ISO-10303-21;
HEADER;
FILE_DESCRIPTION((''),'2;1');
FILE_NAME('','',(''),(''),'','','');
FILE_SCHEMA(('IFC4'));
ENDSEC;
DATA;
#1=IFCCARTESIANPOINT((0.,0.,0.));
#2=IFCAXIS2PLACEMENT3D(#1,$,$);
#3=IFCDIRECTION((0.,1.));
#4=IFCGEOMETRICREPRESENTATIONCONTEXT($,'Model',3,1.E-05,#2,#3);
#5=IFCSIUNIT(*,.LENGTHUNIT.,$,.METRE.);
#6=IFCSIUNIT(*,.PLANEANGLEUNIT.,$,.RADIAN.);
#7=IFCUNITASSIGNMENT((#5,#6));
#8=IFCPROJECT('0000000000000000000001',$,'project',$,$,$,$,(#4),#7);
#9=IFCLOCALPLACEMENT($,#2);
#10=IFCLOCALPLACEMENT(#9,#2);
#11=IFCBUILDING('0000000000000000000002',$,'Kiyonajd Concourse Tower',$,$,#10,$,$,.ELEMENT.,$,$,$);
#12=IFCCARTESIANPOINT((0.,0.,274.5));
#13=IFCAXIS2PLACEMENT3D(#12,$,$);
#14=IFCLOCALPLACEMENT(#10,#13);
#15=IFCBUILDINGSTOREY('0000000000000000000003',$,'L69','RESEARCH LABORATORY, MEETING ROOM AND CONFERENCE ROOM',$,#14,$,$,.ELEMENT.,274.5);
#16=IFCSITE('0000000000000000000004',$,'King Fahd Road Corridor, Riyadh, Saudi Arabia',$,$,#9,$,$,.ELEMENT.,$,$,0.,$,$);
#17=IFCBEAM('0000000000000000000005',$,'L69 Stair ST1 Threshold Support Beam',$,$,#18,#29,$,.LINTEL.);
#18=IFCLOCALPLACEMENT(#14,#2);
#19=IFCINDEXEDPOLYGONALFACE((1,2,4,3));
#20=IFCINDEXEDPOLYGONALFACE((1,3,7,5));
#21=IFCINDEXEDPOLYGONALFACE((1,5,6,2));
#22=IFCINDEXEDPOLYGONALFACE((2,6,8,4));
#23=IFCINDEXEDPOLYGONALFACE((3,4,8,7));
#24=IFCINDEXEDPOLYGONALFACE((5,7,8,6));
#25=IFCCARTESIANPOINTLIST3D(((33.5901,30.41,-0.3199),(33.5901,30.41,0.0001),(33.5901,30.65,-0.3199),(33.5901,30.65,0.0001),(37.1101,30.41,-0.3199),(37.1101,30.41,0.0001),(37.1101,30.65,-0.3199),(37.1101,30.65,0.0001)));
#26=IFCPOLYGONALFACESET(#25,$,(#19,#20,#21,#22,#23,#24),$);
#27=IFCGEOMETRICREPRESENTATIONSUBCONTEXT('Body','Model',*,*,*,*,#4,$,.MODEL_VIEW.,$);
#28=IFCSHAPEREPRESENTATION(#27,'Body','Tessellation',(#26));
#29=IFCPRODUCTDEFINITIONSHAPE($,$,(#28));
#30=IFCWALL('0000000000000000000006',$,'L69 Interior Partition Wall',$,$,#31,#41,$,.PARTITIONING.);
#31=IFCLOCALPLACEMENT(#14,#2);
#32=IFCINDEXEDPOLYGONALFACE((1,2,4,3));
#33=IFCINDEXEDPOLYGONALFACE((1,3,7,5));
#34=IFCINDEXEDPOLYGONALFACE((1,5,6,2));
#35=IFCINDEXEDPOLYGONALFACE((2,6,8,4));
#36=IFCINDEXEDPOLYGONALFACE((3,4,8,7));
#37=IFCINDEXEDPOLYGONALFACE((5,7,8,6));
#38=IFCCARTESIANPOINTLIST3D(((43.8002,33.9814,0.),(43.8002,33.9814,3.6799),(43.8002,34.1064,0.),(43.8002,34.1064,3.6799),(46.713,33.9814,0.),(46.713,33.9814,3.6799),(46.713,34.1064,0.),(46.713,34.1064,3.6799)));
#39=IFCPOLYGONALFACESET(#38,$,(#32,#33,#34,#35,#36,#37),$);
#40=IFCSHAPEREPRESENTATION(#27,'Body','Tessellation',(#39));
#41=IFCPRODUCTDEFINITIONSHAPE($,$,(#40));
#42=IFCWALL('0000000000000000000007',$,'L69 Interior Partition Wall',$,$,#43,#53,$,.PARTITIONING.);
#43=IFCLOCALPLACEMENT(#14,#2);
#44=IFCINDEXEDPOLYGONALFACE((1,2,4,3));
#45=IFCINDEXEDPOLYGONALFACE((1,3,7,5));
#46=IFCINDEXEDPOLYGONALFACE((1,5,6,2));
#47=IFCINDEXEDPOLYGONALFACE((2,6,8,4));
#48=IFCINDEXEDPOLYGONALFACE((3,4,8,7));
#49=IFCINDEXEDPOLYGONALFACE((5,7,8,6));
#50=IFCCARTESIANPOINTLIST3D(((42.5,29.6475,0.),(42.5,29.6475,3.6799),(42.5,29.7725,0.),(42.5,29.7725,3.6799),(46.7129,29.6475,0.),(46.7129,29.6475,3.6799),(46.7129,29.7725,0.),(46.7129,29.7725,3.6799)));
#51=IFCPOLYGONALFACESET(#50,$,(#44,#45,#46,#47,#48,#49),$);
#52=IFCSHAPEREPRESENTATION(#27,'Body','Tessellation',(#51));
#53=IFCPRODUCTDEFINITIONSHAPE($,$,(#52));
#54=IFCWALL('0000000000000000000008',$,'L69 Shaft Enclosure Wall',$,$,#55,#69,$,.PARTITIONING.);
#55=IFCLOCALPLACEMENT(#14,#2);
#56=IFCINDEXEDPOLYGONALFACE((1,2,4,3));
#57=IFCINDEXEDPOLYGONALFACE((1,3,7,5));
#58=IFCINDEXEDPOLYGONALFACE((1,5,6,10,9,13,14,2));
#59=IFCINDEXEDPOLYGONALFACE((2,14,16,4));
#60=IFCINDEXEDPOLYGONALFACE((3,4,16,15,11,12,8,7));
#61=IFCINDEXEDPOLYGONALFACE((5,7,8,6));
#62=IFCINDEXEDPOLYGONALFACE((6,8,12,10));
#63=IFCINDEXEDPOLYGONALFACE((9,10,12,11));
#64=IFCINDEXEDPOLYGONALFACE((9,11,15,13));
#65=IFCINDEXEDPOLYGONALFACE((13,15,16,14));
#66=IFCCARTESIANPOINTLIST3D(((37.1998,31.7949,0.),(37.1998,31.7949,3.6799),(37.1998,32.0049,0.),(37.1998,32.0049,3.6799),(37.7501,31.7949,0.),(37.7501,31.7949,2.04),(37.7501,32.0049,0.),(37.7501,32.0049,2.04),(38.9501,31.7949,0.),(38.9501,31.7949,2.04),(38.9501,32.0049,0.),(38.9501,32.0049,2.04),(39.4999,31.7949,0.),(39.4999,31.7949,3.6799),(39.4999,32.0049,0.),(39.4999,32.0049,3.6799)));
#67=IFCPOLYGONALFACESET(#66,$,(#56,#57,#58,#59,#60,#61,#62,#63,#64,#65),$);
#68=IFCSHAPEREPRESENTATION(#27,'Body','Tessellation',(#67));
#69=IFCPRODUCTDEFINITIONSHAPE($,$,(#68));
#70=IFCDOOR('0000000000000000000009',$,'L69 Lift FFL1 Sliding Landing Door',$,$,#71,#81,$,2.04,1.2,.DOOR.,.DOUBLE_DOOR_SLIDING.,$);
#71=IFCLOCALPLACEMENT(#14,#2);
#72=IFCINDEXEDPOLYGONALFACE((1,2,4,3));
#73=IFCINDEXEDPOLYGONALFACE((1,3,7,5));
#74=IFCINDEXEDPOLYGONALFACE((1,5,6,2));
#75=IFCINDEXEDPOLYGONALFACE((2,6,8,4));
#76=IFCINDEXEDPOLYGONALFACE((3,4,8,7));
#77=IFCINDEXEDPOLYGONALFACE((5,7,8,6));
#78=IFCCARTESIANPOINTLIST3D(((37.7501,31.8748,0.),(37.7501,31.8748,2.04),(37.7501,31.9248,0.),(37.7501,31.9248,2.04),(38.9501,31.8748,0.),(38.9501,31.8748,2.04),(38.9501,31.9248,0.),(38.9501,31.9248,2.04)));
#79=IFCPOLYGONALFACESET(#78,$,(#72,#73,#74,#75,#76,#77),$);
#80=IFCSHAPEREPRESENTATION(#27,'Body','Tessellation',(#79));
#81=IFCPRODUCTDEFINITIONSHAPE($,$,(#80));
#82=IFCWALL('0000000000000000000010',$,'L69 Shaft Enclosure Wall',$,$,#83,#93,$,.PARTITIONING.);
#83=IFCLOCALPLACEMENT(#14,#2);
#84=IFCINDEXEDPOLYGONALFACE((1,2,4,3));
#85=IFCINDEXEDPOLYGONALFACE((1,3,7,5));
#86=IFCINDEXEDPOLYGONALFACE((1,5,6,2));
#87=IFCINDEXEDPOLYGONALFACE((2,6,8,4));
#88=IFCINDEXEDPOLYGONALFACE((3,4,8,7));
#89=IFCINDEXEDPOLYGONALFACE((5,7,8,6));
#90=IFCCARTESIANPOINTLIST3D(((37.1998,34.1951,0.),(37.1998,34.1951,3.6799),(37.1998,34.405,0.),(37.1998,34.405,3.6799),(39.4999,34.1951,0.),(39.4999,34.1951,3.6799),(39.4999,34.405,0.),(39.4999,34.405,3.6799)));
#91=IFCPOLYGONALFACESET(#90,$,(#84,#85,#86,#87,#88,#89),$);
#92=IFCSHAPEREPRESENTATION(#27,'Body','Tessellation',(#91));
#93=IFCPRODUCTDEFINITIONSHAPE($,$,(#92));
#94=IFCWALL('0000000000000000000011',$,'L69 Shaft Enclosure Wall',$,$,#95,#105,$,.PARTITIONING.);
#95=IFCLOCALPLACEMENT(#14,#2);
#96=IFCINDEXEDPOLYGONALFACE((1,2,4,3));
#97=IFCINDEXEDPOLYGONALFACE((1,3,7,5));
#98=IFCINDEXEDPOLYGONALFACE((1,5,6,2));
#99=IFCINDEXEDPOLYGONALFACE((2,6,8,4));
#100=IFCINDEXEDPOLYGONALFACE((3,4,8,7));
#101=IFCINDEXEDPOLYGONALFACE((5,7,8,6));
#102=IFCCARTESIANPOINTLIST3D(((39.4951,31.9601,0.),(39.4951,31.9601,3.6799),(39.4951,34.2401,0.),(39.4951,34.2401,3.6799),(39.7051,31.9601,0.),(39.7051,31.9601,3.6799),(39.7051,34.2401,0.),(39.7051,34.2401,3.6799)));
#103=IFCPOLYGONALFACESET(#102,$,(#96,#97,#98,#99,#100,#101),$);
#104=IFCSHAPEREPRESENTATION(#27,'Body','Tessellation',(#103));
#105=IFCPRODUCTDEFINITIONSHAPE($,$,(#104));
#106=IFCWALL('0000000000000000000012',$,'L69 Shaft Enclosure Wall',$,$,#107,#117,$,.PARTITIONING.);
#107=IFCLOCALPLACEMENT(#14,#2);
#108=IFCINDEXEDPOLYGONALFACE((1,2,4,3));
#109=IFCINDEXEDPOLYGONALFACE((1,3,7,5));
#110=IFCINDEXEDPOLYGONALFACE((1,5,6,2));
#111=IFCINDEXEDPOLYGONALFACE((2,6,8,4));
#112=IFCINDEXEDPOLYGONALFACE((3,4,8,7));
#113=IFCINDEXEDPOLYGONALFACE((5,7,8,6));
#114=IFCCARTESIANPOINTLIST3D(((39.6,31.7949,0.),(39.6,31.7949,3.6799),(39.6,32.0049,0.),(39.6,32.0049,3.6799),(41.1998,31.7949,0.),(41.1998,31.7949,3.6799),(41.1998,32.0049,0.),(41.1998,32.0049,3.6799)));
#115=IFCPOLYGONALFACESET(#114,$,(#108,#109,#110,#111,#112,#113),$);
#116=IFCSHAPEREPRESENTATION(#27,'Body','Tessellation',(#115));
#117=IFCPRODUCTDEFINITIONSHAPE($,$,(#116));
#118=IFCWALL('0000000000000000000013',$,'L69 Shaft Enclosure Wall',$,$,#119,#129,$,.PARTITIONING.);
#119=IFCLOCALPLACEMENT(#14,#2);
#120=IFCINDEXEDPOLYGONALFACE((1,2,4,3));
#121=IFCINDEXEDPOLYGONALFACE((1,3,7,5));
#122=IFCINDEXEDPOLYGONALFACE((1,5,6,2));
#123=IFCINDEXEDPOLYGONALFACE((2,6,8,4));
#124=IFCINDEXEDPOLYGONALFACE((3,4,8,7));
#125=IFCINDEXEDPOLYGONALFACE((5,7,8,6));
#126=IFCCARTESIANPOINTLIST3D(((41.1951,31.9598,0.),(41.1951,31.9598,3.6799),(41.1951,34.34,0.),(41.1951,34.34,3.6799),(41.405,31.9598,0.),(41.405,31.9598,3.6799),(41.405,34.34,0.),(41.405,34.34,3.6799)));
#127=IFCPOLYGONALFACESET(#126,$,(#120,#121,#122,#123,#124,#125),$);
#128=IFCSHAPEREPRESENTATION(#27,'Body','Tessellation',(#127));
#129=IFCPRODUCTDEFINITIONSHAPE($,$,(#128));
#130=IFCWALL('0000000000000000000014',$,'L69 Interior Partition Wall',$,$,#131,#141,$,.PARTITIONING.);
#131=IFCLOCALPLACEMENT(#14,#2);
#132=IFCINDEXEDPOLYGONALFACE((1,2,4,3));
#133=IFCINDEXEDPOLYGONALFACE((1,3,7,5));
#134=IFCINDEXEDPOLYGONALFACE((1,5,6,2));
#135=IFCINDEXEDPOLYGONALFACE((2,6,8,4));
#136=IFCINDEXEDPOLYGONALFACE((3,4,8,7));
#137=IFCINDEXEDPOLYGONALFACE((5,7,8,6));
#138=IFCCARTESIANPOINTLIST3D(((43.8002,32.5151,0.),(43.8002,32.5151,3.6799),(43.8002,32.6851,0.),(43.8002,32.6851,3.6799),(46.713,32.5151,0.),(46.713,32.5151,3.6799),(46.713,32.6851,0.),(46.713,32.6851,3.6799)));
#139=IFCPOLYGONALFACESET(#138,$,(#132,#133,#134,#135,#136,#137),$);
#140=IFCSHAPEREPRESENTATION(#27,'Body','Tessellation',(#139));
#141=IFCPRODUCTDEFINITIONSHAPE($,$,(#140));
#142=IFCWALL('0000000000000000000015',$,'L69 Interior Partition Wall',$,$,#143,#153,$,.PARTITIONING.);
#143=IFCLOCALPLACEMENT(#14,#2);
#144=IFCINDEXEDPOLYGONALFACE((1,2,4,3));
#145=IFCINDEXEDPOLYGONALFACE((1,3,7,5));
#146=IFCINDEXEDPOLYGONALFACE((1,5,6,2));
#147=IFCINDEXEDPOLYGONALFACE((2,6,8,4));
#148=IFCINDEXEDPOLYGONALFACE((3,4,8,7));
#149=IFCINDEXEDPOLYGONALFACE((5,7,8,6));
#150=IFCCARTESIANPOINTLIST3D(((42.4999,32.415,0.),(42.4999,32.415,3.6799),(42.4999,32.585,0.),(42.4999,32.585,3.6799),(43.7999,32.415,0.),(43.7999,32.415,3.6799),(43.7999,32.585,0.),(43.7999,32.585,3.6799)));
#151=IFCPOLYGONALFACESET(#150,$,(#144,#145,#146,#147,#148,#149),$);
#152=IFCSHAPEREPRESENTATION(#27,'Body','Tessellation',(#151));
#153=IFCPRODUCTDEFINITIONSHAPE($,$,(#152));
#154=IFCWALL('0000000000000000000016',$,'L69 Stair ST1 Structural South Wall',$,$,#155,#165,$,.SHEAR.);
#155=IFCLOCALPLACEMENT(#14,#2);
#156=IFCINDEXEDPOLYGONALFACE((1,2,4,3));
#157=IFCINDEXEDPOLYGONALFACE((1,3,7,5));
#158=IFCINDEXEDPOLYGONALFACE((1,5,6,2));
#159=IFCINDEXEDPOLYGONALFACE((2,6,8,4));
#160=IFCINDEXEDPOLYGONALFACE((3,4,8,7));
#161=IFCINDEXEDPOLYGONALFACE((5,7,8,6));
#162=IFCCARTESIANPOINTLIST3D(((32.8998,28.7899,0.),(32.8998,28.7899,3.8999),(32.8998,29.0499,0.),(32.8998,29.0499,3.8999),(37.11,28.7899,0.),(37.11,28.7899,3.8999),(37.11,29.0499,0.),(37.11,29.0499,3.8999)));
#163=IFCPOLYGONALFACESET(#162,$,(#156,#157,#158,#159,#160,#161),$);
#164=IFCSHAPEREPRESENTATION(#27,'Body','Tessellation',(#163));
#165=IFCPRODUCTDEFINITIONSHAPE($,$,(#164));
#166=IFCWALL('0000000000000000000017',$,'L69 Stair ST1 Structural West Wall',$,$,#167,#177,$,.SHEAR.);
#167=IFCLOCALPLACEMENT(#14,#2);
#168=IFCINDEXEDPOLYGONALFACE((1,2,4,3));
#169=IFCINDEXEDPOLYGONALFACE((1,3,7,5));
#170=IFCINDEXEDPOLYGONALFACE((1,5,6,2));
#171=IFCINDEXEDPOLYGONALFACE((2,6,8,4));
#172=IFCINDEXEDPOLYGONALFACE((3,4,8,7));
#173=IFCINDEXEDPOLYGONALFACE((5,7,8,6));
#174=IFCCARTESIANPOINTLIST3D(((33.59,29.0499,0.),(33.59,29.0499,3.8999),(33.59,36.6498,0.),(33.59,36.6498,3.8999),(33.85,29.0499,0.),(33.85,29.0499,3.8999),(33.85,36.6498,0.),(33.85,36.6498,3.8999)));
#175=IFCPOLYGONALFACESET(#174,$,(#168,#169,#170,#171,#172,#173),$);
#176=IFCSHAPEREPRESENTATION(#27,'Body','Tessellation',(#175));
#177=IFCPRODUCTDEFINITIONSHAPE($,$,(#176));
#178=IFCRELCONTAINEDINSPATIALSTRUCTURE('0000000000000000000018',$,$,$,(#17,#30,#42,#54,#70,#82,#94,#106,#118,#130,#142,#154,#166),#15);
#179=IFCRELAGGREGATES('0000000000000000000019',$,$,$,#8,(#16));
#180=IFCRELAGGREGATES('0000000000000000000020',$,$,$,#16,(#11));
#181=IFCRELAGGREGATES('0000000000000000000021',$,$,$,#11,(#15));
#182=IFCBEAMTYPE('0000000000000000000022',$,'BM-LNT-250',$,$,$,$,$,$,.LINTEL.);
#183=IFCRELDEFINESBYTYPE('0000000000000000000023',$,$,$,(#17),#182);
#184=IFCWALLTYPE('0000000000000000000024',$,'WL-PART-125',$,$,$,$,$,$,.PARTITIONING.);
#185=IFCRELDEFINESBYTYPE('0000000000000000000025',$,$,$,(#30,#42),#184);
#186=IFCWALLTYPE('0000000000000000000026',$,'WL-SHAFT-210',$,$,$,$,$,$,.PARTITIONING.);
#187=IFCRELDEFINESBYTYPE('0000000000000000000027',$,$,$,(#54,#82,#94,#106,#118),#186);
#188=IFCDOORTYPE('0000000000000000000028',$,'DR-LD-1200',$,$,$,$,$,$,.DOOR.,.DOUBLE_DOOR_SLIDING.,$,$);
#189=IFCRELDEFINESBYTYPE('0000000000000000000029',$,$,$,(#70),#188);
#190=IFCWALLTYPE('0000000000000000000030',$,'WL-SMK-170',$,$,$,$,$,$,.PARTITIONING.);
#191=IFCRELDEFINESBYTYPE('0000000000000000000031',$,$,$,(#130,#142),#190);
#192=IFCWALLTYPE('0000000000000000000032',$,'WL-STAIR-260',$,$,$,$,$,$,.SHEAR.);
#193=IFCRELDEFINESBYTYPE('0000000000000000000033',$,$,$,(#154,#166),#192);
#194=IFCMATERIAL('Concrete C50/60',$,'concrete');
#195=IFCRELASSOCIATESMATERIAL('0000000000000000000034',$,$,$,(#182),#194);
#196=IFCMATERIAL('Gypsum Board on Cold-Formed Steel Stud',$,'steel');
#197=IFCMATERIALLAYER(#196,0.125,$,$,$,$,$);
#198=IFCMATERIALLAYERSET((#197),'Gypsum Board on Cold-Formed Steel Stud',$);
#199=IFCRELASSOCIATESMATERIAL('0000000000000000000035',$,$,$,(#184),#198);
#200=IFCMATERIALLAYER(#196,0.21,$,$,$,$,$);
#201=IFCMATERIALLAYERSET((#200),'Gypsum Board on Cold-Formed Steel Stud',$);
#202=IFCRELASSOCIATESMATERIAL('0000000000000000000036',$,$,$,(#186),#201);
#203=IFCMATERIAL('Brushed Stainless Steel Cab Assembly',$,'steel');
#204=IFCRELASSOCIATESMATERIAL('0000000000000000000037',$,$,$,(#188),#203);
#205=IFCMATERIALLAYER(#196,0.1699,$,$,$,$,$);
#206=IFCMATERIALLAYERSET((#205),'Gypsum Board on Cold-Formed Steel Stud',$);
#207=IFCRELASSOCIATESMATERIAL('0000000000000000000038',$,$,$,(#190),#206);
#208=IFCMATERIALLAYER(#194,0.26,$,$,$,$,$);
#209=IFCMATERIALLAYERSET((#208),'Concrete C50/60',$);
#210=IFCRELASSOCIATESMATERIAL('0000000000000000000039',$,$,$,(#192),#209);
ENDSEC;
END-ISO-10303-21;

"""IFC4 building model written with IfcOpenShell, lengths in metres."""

from ifc_helpers import new_model, si_unit, direction, frame, frame_2d, origin, origin_2d, place, context, subcontext, project, spatial, rectangle, extrude, material, layer, layer_set, material_profile, profile_set, type_object, element, fill, save


model = new_model("IFC4")

# Units and contexts
model_context = context("Model", 3, precision=1e-05, world=origin(), true_north=direction((0.0, 1.0)))
body_context = subcontext(model_context, "Body", "Model", "MODEL_VIEW")
ifc_project = project(units=[si_unit("LENGTHUNIT", "METRE"), si_unit("PLANEANGLEUNIT", "RADIAN")], contexts=[model_context])

# Site, building, storey
site_placement = place(None, origin())
site = spatial("IfcSite", under=ifc_project, at=site_placement, Name="King Fahd Road Corridor, Riyadh, Saudi Arabia", CompositionType="ELEMENT", RefElevation=0.0)
building_placement = place(site_placement, origin())
building = spatial("IfcBuilding", under=site, at=building_placement, Name="Kiyonajd Concourse Tower", CompositionType="ELEMENT")
storey_placement = place(building_placement, frame((0.0, 0.0, 274.5)))
storey = spatial("IfcBuildingStorey", under=building, at=storey_placement, Name="L69", Description="RESEARCH LABORATORY, MEETING ROOM AND CONFERENCE ROOM", CompositionType="ELEMENT", Elevation=274.5)

# Beam
ifc_material_1 = material(Name="Concrete C50/60", Category="concrete")
ifc_material_profile = material_profile(ifc_material_1, rectangle(XDim=0.24, YDim=0.3201, at=origin_2d()), Name="RCBM-240x320")
ifc_profile_set = profile_set([ifc_material_profile], Name="Concrete C50/60")
beam_type = type_object("IfcBeamType", Name="BM-LNT-250", PredefinedType="LINTEL", material=ifc_profile_set)
beam_placement = place(storey_placement, frame((33.5901, 30.53, -0.1599), z_axis=(1.0, 0.0, 0.0), x_axis=(0.0, 1.0, 0.0)))
element("IfcBeam", 1, at=beam_placement, inside=storey, type_object=beam_type, Name="L69 Stair ST1 Threshold Support Beam", PredefinedType="LINTEL", context=body_context, shape_type="SweptSolid", body=[
    extrude(rectangle(XDim=0.24, YDim=0.3201, at=origin_2d()), origin(), (0.0, 0.0, 1.0), 3.52),
])

# Walls
ifc_material_2 = material(Name="Gypsum Board on Cold-Formed Steel Stud", Category="steel")
ifc_layer_1 = layer(ifc_material_2, 0.125)
ifc_layer_set_1 = layer_set([ifc_layer_1], Name="Gypsum Board on Cold-Formed Steel Stud")
wall_type_1 = type_object("IfcWallType", Name="WL-PART-125", PredefinedType="PARTITIONING", material=ifc_layer_set_1)
wall_1_placement = place(storey_placement, frame((43.8, 34.0439, 0.0), z_axis=(0.0, 0.0, 1.0), x_axis=(1.0, 0.0, 0.0)))
element("IfcWall", 2, at=wall_1_placement, inside=storey, type_object=wall_type_1, Name="L69 Interior Partition Wall", PredefinedType="PARTITIONING", context=body_context, shape_type="SweptSolid", body=[
    extrude(rectangle(XDim=2.9128, YDim=0.125, at=frame_2d((1.4565, 0.0))), origin(), (0.0, 0.0, 1.0), 3.6799),
])
wall_2_placement = place(storey_placement, frame((42.5, 29.71, 0.0), z_axis=(0.0, 0.0, 1.0), x_axis=(1.0, 0.0, 0.0)))
element("IfcWall", 3, at=wall_2_placement, inside=storey, type_object=wall_type_1, Name="L69 Interior Partition Wall", PredefinedType="PARTITIONING", context=body_context, shape_type="SweptSolid", body=[
    extrude(rectangle(XDim=4.2129, YDim=0.125, at=frame_2d((2.1064, 0.0))), origin(), (0.0, 0.0, 1.0), 3.6799),
])

# Wall, opening, door
ifc_layer_2 = layer(ifc_material_2, 0.21)
ifc_layer_set_2 = layer_set([ifc_layer_2], Name="Gypsum Board on Cold-Formed Steel Stud")
wall_type_2 = type_object("IfcWallType", Name="WL-SHAFT-210", PredefinedType="PARTITIONING", material=ifc_layer_set_2)
wall_3_placement = place(storey_placement, frame((37.2, 31.8999, 0.0), z_axis=(0.0, 0.0, 1.0), x_axis=(1.0, 0.0, 0.0)))
wall_3 = element("IfcWall", 4, at=wall_3_placement, inside=storey, type_object=wall_type_2, Name="L69 Shaft Enclosure Wall", PredefinedType="PARTITIONING", context=body_context, shape_type="SweptSolid", body=[
    extrude(rectangle(XDim=2.3, YDim=0.21, at=frame_2d((1.1499, 0.0))), origin(), (0.0, 0.0, 1.0), 3.6799),
])
opening_1_placement = place(wall_3_placement, frame((0.55, 0.0, 0.0)))
opening_1 = element("IfcOpeningElement", 5, at=opening_1_placement, cuts=wall_3, PredefinedType="OPENING", context=body_context, shape_type="SweptSolid", body=[
    extrude(rectangle(XDim=1.2, YDim=2.04, at=frame_2d((0.6001, 1.02))), frame((0.0, 0.115, 0.0), z_axis=(0.0, -1.0, 0.0), x_axis=(1.0, 0.0, 0.0)), (0.0, 0.0, 1.0), 0.23),
])
ifc_material_3 = material(Name="Brushed Stainless Steel Cab Assembly", Category="steel")
door_type_1 = type_object("IfcDoorType", Name="DR-LD-1200", OperationType="DOUBLE_DOOR_SLIDING", PredefinedType="DOOR", material=ifc_material_3)
door_1_placement = place(opening_1_placement, origin())
door_1 = element("IfcDoor", 6, at=door_1_placement, inside=storey, type_object=door_type_1, Name="L69 Lift FFL1 Sliding Landing Door", OperationType="DOUBLE_DOOR_SLIDING", OverallHeight=2.04, OverallWidth=1.2, PredefinedType="DOOR", context=body_context, shape_type="SweptSolid", body=[
    extrude(rectangle(XDim=1.2, YDim=2.04, at=frame_2d((0.6001, 1.02))), frame((0.0, 0.0249, 0.0), z_axis=(0.0, -1.0, 0.0), x_axis=(1.0, 0.0, 0.0)), (0.0, 0.0, 1.0), 0.05),
])
fill(opening_1, door_1)

# Walls
wall_4_placement = place(storey_placement, frame((37.2, 34.3, 0.0), z_axis=(0.0, 0.0, 1.0), x_axis=(1.0, 0.0, 0.0)))
element("IfcWall", 7, at=wall_4_placement, inside=storey, type_object=wall_type_2, Name="L69 Shaft Enclosure Wall", PredefinedType="PARTITIONING", context=body_context, shape_type="SweptSolid", body=[
    extrude(rectangle(XDim=2.3, YDim=0.21, at=frame_2d((1.1499, 0.0))), origin(), (0.0, 0.0, 1.0), 3.6799),
])
wall_5_placement = place(storey_placement, frame((39.6001, 31.96, 0.0), z_axis=(0.0, 0.0, 1.0), x_axis=(0.0, 1.0, 0.0)))
element("IfcWall", 8, at=wall_5_placement, inside=storey, type_object=wall_type_2, Name="L69 Shaft Enclosure Wall", PredefinedType="PARTITIONING", context=body_context, shape_type="SweptSolid", body=[
    extrude(rectangle(XDim=2.28, YDim=0.21, at=frame_2d((1.1401, 0.0))), origin(), (0.0, 0.0, 1.0), 3.6799),
])
wall_6_placement = place(storey_placement, frame((39.6001, 31.8999, 0.0), z_axis=(0.0, 0.0, 1.0), x_axis=(1.0, 0.0, 0.0)))
element("IfcWall", 9, at=wall_6_placement, inside=storey, type_object=wall_type_2, Name="L69 Shaft Enclosure Wall", PredefinedType="PARTITIONING", context=body_context, shape_type="SweptSolid", body=[
    extrude(rectangle(XDim=1.5999, YDim=0.21, at=frame_2d((0.7998, 0.0))), origin(), (0.0, 0.0, 1.0), 3.6799),
])
wall_7_placement = place(storey_placement, frame((41.3, 31.96, 0.0), z_axis=(0.0, 0.0, 1.0), x_axis=(0.0, 1.0, 0.0)))
element("IfcWall", 10, at=wall_7_placement, inside=storey, type_object=wall_type_2, Name="L69 Shaft Enclosure Wall", PredefinedType="PARTITIONING", context=body_context, shape_type="SweptSolid", body=[
    extrude(rectangle(XDim=2.3801, YDim=0.21, at=frame_2d((1.1899, 0.0))), origin(), (0.0, 0.0, 1.0), 3.6799),
])
ifc_layer_3 = layer(ifc_material_2, 0.1699)
ifc_layer_set_3 = layer_set([ifc_layer_3], Name="Gypsum Board on Cold-Formed Steel Stud")
wall_type_3 = type_object("IfcWallType", Name="WL-SMK-170", PredefinedType="PARTITIONING", material=ifc_layer_set_3)
wall_8_placement = place(storey_placement, frame((43.8, 32.6001, 0.0), z_axis=(0.0, 0.0, 1.0), x_axis=(1.0, 0.0, 0.0)))
element("IfcWall", 11, at=wall_8_placement, inside=storey, type_object=wall_type_3, Name="L69 Interior Partition Wall", PredefinedType="PARTITIONING", context=body_context, shape_type="SweptSolid", body=[
    extrude(rectangle(XDim=2.9128, YDim=0.1699, at=frame_2d((1.4565, 0.0))), origin(), (0.0, 0.0, 1.0), 3.6799),
])
wall_9_placement = place(storey_placement, frame((42.5, 32.5, 0.0), z_axis=(0.0, 0.0, 1.0), x_axis=(1.0, 0.0, 0.0)))
element("IfcWall", 12, at=wall_9_placement, inside=storey, type_object=wall_type_3, Name="L69 Interior Partition Wall", PredefinedType="PARTITIONING", context=body_context, shape_type="SweptSolid", body=[
    extrude(rectangle(XDim=1.3, YDim=0.1699, at=frame_2d((0.6499, 0.0))), origin(), (0.0, 0.0, 1.0), 3.6799),
])
ifc_layer_4 = layer(ifc_material_1, 0.26)
ifc_layer_set_4 = layer_set([ifc_layer_4], Name="Concrete C50/60")
wall_type_4 = type_object("IfcWallType", Name="WL-STAIR-260", PredefinedType="SHEAR", material=ifc_layer_set_4)
wall_10_placement = place(storey_placement, frame((32.8999, 28.9199, 0.0), z_axis=(0.0, 0.0, 1.0), x_axis=(1.0, 0.0, 0.0)))
element("IfcWall", 13, at=wall_10_placement, inside=storey, type_object=wall_type_4, Name="L69 Stair ST1 Structural South Wall", PredefinedType="SHEAR", context=body_context, shape_type="SweptSolid", body=[
    extrude(rectangle(XDim=4.2102, YDim=0.26, at=frame_2d((2.105, 0.0))), origin(), (0.0, 0.0, 1.0), 3.8999),
])
wall_11_placement = place(storey_placement, frame((33.72, 29.05, 0.0), z_axis=(0.0, 0.0, 1.0), x_axis=(0.0, 1.0, 0.0)))
element("IfcWall", 14, at=wall_11_placement, inside=storey, type_object=wall_type_4, Name="L69 Stair ST1 Structural West Wall", PredefinedType="SHEAR", context=body_context, shape_type="SweptSolid", body=[
    extrude(rectangle(XDim=7.5999, YDim=0.26, at=frame_2d((3.7998, 0.0))), origin(), (0.0, 0.0, 1.0), 3.8999),
])

save(model, "model.ifc")
